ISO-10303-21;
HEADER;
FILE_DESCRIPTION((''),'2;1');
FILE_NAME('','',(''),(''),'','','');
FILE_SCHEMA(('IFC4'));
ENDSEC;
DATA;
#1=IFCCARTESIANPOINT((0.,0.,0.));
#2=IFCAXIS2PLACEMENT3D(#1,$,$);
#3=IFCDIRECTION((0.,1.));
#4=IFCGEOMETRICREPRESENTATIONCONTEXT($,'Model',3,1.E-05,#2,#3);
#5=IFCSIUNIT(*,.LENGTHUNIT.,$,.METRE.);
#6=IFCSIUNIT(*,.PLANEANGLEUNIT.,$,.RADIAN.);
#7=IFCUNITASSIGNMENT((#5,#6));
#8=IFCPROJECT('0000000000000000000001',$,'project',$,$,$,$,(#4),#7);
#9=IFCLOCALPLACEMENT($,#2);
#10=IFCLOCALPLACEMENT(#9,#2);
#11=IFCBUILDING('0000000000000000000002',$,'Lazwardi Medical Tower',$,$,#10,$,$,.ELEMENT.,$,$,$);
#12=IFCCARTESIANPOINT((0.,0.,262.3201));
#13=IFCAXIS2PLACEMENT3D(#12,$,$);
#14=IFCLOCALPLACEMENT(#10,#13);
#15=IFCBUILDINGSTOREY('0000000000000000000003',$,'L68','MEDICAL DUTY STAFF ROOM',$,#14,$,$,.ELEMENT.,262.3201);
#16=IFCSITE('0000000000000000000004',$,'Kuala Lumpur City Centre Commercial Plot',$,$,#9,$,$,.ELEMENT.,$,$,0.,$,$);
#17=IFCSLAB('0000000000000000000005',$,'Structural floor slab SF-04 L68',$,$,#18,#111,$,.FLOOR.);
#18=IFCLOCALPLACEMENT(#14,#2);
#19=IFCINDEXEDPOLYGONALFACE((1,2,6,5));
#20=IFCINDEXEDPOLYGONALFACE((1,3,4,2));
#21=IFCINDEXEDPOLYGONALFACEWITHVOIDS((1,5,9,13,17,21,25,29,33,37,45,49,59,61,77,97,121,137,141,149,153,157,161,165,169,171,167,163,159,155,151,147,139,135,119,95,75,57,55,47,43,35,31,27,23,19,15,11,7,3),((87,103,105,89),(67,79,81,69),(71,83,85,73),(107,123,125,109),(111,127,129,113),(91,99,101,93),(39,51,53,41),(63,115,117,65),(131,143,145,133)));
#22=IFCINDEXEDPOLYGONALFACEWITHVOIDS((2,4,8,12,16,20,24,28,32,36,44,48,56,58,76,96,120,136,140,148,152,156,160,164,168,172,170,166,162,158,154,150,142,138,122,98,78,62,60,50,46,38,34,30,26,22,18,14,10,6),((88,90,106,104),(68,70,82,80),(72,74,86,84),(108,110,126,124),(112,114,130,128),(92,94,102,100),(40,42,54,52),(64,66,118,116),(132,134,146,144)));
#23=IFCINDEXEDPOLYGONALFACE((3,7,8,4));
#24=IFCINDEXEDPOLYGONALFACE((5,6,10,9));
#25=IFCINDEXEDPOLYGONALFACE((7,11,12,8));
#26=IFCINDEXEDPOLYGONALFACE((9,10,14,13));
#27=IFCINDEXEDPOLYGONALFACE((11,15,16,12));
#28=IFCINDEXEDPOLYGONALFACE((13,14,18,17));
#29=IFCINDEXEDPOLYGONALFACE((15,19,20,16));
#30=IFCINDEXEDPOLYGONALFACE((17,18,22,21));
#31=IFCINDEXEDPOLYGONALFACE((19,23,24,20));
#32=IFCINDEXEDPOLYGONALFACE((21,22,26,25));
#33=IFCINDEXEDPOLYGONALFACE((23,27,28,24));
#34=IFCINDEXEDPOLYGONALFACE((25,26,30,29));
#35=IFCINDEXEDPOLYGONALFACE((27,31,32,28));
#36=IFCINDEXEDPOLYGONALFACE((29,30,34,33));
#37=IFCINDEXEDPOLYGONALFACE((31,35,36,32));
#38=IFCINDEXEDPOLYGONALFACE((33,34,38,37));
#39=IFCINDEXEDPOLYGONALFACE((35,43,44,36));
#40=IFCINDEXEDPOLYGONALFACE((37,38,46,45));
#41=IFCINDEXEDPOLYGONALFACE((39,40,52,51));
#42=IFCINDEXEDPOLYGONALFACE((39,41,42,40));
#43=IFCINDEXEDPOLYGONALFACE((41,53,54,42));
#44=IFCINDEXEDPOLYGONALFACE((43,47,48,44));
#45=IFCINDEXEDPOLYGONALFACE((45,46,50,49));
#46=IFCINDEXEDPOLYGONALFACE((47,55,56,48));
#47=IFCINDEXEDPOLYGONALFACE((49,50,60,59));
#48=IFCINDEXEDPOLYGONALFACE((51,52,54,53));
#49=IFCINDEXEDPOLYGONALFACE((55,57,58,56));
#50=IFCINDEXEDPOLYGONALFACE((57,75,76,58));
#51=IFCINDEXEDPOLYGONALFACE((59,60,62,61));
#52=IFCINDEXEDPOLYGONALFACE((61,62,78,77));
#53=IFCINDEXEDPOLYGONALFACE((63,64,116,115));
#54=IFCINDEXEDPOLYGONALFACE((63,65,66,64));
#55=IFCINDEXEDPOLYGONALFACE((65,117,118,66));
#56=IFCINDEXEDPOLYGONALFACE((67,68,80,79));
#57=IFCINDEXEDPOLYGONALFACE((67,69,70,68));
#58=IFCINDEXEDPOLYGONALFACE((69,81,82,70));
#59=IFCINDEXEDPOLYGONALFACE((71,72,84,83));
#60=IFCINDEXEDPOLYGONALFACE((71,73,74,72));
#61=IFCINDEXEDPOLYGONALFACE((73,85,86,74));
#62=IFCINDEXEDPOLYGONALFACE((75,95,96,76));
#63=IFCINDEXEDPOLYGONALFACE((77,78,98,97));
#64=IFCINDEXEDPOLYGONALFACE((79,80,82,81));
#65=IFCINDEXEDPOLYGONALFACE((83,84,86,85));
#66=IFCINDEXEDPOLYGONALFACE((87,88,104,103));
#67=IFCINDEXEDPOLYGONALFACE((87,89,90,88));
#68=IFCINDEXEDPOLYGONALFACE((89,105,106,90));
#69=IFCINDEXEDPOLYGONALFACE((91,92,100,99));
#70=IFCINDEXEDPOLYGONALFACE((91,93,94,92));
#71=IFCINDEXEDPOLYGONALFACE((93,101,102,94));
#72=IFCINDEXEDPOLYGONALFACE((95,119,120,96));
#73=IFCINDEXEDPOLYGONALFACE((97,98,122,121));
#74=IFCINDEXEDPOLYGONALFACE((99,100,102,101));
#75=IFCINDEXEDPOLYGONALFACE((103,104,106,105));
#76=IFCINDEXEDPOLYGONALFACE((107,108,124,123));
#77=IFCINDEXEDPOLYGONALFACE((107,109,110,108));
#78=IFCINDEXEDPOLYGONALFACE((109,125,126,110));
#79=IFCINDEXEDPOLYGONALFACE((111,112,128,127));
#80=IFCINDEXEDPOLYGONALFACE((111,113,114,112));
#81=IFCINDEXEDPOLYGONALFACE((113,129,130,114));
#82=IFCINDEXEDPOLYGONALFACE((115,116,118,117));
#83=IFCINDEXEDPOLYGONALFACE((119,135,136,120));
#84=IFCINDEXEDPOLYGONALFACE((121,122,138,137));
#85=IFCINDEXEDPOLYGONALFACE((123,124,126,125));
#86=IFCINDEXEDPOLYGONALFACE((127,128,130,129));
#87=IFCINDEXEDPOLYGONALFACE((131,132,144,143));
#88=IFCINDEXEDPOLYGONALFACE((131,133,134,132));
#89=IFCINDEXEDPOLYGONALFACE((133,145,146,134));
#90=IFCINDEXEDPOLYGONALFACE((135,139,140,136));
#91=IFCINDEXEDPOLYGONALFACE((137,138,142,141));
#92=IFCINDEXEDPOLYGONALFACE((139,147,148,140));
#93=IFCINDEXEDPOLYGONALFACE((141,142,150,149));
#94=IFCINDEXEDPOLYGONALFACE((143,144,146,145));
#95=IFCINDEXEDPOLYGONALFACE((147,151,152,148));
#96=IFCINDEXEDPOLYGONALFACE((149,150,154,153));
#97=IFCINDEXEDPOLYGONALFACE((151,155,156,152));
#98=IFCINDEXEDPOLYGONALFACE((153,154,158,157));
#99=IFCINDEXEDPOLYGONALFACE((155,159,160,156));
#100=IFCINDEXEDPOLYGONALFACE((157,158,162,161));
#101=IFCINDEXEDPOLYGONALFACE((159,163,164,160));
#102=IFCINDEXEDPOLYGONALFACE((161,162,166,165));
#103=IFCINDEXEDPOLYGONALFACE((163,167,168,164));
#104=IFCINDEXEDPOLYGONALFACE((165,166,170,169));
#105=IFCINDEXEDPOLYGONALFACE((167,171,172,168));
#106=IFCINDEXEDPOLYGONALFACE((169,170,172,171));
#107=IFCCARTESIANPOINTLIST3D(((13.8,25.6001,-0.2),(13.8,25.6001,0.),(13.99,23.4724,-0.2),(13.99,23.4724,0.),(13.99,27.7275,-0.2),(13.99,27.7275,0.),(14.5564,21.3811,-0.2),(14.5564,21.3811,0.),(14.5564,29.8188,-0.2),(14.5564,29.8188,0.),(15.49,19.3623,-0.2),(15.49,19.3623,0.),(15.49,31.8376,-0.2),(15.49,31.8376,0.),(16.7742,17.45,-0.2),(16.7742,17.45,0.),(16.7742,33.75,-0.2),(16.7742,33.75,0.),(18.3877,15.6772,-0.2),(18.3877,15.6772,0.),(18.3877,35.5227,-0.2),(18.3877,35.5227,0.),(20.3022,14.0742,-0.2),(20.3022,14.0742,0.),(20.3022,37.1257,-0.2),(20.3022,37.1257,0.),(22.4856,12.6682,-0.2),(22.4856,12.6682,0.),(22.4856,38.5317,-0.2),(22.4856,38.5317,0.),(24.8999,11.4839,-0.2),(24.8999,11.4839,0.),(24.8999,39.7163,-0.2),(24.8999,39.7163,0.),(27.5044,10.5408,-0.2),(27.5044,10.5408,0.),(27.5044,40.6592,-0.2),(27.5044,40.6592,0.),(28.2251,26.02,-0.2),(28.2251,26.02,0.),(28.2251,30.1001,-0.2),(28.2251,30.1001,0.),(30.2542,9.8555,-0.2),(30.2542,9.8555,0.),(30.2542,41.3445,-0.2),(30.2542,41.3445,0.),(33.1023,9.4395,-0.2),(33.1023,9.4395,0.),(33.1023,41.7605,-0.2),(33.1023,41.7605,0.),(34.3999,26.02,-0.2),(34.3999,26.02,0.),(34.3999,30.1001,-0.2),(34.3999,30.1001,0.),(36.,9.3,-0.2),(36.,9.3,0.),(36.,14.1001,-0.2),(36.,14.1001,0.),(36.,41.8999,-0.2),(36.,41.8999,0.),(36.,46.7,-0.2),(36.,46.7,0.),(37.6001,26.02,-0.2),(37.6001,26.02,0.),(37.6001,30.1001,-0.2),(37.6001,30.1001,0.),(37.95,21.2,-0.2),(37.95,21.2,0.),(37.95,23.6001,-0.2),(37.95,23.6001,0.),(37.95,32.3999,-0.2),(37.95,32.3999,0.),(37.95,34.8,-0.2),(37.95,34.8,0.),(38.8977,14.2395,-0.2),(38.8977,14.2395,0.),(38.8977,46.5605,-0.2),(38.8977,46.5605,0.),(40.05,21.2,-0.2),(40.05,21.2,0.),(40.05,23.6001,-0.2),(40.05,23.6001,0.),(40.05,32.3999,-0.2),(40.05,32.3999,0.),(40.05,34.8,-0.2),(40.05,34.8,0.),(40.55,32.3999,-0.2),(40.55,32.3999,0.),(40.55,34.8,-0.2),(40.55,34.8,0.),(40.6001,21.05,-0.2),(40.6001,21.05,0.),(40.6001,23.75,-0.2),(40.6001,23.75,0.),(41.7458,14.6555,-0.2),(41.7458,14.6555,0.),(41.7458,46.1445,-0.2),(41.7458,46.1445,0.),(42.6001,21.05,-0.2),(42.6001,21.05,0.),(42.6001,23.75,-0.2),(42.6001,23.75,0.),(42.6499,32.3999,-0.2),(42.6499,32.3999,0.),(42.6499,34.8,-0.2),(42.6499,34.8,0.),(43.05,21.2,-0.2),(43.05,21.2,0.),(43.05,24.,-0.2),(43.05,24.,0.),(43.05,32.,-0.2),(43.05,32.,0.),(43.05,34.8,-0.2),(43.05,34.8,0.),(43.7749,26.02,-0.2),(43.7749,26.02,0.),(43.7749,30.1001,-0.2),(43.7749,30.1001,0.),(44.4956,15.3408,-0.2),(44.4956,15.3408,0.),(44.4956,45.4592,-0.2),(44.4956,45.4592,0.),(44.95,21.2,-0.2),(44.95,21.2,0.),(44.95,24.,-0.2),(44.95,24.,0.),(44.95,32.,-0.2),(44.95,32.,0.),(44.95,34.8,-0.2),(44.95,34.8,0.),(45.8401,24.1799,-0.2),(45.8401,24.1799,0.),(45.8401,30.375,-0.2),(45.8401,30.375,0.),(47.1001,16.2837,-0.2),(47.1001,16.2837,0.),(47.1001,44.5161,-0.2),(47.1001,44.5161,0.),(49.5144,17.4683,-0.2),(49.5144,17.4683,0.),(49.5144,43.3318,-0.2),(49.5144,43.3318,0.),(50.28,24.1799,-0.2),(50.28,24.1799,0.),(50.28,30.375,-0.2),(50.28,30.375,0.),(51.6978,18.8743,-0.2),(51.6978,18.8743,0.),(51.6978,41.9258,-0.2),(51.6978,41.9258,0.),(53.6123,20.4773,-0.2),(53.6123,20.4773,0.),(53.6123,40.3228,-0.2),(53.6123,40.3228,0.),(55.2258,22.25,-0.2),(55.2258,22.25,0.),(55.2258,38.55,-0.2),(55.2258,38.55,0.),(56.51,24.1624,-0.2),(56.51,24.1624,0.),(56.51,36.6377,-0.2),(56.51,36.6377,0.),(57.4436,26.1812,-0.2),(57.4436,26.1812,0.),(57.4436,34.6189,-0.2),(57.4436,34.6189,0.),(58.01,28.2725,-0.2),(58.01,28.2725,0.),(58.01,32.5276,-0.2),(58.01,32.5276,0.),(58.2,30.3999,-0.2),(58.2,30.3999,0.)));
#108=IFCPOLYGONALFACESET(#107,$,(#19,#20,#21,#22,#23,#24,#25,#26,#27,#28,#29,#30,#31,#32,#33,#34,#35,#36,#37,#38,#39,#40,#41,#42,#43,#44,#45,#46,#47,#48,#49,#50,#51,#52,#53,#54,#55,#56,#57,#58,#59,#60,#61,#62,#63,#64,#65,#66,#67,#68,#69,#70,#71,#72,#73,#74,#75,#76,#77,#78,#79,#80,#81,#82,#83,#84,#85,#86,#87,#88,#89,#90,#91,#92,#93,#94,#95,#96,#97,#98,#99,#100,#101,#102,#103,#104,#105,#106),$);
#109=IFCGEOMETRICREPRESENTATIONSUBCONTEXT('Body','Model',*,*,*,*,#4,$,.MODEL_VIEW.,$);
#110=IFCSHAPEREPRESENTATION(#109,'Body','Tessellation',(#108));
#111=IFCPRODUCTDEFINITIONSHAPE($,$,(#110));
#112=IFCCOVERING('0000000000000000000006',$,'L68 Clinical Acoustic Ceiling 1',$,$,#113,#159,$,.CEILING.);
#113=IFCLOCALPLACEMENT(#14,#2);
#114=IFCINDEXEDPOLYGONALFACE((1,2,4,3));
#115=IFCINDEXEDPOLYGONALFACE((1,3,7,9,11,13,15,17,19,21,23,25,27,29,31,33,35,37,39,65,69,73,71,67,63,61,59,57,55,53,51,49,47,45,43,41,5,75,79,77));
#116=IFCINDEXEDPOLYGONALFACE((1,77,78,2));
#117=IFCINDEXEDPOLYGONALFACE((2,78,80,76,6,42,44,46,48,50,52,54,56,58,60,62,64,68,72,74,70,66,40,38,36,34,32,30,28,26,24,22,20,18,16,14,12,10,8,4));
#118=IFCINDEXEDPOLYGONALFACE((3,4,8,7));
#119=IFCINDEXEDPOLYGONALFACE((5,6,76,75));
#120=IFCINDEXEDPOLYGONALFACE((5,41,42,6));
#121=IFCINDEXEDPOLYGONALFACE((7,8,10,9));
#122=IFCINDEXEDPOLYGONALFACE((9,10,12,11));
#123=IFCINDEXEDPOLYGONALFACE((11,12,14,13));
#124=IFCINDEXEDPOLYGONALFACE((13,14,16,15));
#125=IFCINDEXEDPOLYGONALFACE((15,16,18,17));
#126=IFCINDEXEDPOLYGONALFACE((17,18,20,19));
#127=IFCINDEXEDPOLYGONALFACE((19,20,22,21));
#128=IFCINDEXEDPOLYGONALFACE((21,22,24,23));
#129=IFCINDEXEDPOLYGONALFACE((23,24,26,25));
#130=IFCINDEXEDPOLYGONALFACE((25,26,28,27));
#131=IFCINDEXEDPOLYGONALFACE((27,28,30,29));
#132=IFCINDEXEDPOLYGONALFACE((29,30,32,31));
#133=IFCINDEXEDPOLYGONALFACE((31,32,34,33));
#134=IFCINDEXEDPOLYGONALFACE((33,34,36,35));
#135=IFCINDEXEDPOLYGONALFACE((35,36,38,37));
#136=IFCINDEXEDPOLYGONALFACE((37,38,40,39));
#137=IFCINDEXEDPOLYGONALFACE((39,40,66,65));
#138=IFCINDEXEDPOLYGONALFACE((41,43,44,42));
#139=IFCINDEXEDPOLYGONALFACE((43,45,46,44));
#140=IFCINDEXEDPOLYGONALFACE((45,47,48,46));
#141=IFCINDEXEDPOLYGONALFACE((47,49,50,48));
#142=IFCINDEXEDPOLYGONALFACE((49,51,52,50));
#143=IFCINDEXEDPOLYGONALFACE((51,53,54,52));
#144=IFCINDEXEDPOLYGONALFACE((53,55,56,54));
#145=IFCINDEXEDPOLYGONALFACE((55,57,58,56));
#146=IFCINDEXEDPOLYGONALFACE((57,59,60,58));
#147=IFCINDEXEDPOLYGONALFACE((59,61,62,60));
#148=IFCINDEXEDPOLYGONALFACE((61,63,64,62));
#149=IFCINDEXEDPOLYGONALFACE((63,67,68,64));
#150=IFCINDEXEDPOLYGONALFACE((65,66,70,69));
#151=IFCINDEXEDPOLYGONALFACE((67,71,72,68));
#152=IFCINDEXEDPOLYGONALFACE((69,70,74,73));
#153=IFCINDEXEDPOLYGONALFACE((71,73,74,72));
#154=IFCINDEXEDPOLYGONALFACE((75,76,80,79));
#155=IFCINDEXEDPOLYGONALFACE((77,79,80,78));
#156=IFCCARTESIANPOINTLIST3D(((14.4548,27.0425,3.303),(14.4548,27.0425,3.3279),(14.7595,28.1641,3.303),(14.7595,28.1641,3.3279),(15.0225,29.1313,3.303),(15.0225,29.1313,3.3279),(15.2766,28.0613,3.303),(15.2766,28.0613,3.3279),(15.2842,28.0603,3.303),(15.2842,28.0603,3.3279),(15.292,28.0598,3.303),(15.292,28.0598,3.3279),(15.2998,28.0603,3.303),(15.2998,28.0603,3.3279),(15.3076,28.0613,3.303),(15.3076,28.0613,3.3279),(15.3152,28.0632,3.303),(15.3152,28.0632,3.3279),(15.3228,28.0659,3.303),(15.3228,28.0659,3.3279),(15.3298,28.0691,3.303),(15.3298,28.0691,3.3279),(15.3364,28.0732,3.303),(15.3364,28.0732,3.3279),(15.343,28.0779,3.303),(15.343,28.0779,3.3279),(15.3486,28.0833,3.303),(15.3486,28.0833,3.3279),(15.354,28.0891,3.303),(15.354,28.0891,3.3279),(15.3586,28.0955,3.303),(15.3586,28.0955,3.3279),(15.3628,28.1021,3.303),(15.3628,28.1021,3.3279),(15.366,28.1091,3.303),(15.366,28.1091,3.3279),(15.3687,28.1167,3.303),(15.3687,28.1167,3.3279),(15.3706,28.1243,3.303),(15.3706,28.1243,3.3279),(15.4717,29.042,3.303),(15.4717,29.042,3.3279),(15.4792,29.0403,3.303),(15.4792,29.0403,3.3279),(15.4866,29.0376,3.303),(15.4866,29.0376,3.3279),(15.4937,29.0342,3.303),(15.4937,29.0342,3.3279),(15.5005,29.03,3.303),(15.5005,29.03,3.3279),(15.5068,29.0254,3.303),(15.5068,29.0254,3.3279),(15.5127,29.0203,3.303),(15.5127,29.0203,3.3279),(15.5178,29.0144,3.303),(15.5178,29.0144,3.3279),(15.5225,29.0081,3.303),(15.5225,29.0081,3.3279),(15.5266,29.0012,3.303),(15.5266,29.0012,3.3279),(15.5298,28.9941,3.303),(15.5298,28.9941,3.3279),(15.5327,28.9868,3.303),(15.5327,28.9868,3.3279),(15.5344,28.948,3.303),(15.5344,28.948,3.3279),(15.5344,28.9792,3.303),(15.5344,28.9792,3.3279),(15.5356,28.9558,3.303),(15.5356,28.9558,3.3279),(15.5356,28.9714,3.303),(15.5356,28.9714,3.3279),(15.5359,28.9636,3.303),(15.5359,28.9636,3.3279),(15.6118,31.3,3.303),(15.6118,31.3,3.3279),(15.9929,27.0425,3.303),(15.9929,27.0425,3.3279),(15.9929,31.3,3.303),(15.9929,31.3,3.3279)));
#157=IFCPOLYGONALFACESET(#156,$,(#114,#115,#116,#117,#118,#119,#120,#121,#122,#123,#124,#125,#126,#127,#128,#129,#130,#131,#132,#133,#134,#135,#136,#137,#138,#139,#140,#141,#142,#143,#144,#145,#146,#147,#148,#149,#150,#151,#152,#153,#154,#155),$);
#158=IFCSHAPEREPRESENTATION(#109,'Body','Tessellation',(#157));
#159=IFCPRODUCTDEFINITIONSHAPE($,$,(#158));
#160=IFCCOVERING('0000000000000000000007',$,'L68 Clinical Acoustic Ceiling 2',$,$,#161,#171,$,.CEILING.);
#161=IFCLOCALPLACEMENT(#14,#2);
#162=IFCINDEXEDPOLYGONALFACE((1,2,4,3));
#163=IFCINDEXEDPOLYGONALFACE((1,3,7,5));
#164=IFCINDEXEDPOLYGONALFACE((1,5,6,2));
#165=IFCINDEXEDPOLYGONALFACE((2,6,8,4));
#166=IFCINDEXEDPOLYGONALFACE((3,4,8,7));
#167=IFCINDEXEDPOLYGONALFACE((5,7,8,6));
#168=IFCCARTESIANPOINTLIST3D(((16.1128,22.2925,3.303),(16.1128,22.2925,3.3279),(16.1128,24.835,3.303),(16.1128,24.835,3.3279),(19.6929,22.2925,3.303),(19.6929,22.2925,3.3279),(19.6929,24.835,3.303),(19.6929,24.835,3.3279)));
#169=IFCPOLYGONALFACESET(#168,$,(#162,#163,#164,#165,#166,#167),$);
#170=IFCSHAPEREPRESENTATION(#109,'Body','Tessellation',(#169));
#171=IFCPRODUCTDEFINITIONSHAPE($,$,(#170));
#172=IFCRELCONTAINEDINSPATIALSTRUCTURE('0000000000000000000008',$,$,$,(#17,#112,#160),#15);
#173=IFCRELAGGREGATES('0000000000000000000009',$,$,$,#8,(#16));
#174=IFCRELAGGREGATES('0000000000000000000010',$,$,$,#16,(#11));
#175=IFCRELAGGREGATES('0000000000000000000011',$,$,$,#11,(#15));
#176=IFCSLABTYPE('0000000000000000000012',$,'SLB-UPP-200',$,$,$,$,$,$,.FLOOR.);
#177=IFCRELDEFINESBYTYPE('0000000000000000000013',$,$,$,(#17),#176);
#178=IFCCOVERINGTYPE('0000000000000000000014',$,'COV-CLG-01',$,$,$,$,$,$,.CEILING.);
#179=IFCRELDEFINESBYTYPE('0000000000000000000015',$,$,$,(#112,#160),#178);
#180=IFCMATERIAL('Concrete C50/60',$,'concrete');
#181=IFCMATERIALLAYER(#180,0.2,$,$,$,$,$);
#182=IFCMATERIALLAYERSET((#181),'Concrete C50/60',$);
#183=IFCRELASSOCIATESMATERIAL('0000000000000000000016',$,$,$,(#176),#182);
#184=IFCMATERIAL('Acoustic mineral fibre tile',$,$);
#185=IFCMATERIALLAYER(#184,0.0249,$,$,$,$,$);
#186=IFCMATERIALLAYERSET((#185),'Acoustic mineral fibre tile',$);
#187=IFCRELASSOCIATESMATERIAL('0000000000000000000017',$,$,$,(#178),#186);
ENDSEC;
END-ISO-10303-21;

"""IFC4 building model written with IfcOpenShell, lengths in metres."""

from ifc_helpers import new_model, si_unit, direction, frame, origin, place, context, subcontext, project, spatial, polyline, outline, extrude, material, layer, layer_set, type_object, element, save


model = new_model("IFC4")

# Units and contexts
model_context = context("Model", 3, precision=1e-05, world=origin(), true_north=direction((0.0, 1.0)))
body_context = subcontext(model_context, "Body", "Model", "MODEL_VIEW")
ifc_project = project(units=[si_unit("LENGTHUNIT", "METRE"), si_unit("PLANEANGLEUNIT", "RADIAN")], contexts=[model_context])

# Site, building, storey
site_placement = place(None, origin())
site = spatial("IfcSite", under=ifc_project, at=site_placement, Name="Kuala Lumpur City Centre Commercial Plot", CompositionType="ELEMENT", RefElevation=0.0)
building_placement = place(site_placement, origin())
building = spatial("IfcBuilding", under=site, at=building_placement, Name="Lazwardi Medical Tower", CompositionType="ELEMENT")
storey_placement = place(building_placement, frame((0.0, 0.0, 262.3201)))
storey = spatial("IfcBuildingStorey", under=building, at=storey_placement, Name="L68", Description="MEDICAL DUTY STAFF ROOM", CompositionType="ELEMENT", Elevation=262.3201)

# Slab
ifc_material_1 = material(Name="Concrete C50/60", Category="concrete")
ifc_layer_1 = layer(ifc_material_1, 0.2)
ifc_layer_set_1 = layer_set([ifc_layer_1], Name="Concrete C50/60")
slab_type = type_object("IfcSlabType", Name="SLB-UPP-200", PredefinedType="FLOOR", material=ifc_layer_set_1)
slab_placement = place(storey_placement, frame((0.0, 0.0, -0.2)))
element("IfcSlab", 1, at=slab_placement, inside=storey, type_object=slab_type, Name="Structural floor slab SF-04 L68", PredefinedType="FLOOR", context=body_context, shape_type="SweptSolid", body=[
    extrude(outline(polyline([(18.3877, 15.6772), (20.3022, 14.0742), (22.4856, 12.6682), (24.8999, 11.4839), (27.5044, 10.5408), (30.2542, 9.8555), (33.1023, 9.4395), (36.0, 9.3), (36.0, 14.1001), (38.8977, 14.2395), (41.7458, 14.6555), (44.4956, 15.3408), (47.1001, 16.2837), (49.5144, 17.4683), (51.6978, 18.8743), (53.6123, 20.4773), (55.2258, 22.25), (56.51, 24.1624), (57.4436, 26.1812), (58.01, 28.2725), (58.2, 30.3999), (58.01, 32.5276), (57.4436, 34.6189), (56.51, 36.6377), (55.2258, 38.55), (53.6123, 40.3228), (51.6978, 41.9258), (49.5144, 43.3318), (47.1001, 44.5161), (44.4956, 45.4592), (41.7458, 46.1445), (38.8977, 46.5605), (36.0, 46.7), (36.0, 41.8999), (33.1023, 41.7605), (30.2542, 41.3445), (27.5044, 40.6592), (24.8999, 39.7163), (22.4856, 38.5317), (20.3022, 37.1257), (18.3877, 35.5227), (16.7742, 33.75), (15.49, 31.8376), (14.5564, 29.8188), (13.99, 27.7275), (13.8, 25.6001), (13.99, 23.4724), (14.5564, 21.3811), (15.49, 19.3623), (16.7742, 17.45), (18.3877, 15.6772)]), holes=[polyline([(28.2251, 26.02), (28.2251, 30.1001), (34.3999, 30.1001), (34.3999, 26.02), (28.2251, 26.02)]), polyline([(37.6001, 30.1001), (43.7749, 30.1001), (43.7749, 26.02), (37.6001, 26.02), (37.6001, 30.1001)]), polyline([(50.28, 30.375), (50.28, 24.1799), (45.8401, 24.1799), (45.8401, 30.375), (50.28, 30.375)]), polyline([(40.05, 32.3999), (37.95, 32.3999), (37.95, 34.8), (40.05, 34.8), (40.05, 32.3999)]), polyline([(40.55, 32.3999), (40.55, 34.8), (42.6499, 34.8), (42.6499, 32.3999), (40.55, 32.3999)]), polyline([(37.95, 23.6001), (40.05, 23.6001), (40.05, 21.2), (37.95, 21.2), (37.95, 23.6001)]), polyline([(44.95, 34.8), (44.95, 32.0), (43.05, 32.0), (43.05, 34.8), (44.95, 34.8)]), polyline([(44.95, 21.2), (43.05, 21.2), (43.05, 24.0), (44.95, 24.0), (44.95, 21.2)]), polyline([(40.6001, 21.05), (40.6001, 23.75), (42.6001, 23.75), (42.6001, 21.05), (40.6001, 21.05)])]), origin(), (0.0, 0.0, 1.0), 0.2),
])

# Coverings
ifc_material_2 = material(Name="Acoustic mineral fibre tile")
ifc_layer_2 = layer(ifc_material_2, 0.0249)
ifc_layer_set_2 = layer_set([ifc_layer_2], Name="Acoustic mineral fibre tile")
covering_type_1 = type_object("IfcCoveringType", Name="COV-CLG-01", PredefinedType="CEILING", material=ifc_layer_set_2)
covering_1_placement = place(storey_placement, frame((0.0, 0.0, 3.303)))
element("IfcCovering", 2, at=covering_1_placement, inside=storey, type_object=covering_type_1, Name="L68 Clinical Acoustic Ceiling 1", PredefinedType="CEILING", context=body_context, shape_type="SweptSolid", body=[
    extrude(outline(polyline([(15.9929, 31.3), (15.6118, 31.3), (15.0225, 29.1313), (15.4717, 29.042), (15.4792, 29.0403), (15.4866, 29.0376), (15.4937, 29.0342), (15.5005, 29.03), (15.5068, 29.0254), (15.5127, 29.0203), (15.5178, 29.0144), (15.5225, 29.0081), (15.5266, 29.0012), (15.5298, 28.9941), (15.5327, 28.9868), (15.5344, 28.9792), (15.5356, 28.9714), (15.5359, 28.9636), (15.5356, 28.9558), (15.5344, 28.948), (15.3706, 28.1243), (15.3687, 28.1167), (15.366, 28.1091), (15.3628, 28.1021), (15.3586, 28.0955), (15.354, 28.0891), (15.3486, 28.0833), (15.343, 28.0779), (15.3364, 28.0732), (15.3298, 28.0691), (15.3228, 28.0659), (15.3152, 28.0632), (15.3076, 28.0613), (15.2998, 28.0603), (15.292, 28.0598), (15.2842, 28.0603), (15.2766, 28.0613), (14.7595, 28.1641), (14.4548, 27.0425), (15.9929, 27.0425), (15.9929, 31.3)])), origin(), (0.0, 0.0, 1.0), 0.0249),
])
covering_2_placement = place(storey_placement, frame((0.0, 0.0, 3.303)))
element("IfcCovering", 3, at=covering_2_placement, inside=storey, type_object=covering_type_1, Name="L68 Clinical Acoustic Ceiling 2", PredefinedType="CEILING", context=body_context, shape_type="SweptSolid", body=[
    extrude(outline(polyline([(19.6929, 24.835), (16.1128, 24.835), (16.1128, 22.2925), (19.6929, 22.2925), (19.6929, 24.835)])), origin(), (0.0, 0.0, 1.0), 0.0249),
])

save(model, "model.ifc")
